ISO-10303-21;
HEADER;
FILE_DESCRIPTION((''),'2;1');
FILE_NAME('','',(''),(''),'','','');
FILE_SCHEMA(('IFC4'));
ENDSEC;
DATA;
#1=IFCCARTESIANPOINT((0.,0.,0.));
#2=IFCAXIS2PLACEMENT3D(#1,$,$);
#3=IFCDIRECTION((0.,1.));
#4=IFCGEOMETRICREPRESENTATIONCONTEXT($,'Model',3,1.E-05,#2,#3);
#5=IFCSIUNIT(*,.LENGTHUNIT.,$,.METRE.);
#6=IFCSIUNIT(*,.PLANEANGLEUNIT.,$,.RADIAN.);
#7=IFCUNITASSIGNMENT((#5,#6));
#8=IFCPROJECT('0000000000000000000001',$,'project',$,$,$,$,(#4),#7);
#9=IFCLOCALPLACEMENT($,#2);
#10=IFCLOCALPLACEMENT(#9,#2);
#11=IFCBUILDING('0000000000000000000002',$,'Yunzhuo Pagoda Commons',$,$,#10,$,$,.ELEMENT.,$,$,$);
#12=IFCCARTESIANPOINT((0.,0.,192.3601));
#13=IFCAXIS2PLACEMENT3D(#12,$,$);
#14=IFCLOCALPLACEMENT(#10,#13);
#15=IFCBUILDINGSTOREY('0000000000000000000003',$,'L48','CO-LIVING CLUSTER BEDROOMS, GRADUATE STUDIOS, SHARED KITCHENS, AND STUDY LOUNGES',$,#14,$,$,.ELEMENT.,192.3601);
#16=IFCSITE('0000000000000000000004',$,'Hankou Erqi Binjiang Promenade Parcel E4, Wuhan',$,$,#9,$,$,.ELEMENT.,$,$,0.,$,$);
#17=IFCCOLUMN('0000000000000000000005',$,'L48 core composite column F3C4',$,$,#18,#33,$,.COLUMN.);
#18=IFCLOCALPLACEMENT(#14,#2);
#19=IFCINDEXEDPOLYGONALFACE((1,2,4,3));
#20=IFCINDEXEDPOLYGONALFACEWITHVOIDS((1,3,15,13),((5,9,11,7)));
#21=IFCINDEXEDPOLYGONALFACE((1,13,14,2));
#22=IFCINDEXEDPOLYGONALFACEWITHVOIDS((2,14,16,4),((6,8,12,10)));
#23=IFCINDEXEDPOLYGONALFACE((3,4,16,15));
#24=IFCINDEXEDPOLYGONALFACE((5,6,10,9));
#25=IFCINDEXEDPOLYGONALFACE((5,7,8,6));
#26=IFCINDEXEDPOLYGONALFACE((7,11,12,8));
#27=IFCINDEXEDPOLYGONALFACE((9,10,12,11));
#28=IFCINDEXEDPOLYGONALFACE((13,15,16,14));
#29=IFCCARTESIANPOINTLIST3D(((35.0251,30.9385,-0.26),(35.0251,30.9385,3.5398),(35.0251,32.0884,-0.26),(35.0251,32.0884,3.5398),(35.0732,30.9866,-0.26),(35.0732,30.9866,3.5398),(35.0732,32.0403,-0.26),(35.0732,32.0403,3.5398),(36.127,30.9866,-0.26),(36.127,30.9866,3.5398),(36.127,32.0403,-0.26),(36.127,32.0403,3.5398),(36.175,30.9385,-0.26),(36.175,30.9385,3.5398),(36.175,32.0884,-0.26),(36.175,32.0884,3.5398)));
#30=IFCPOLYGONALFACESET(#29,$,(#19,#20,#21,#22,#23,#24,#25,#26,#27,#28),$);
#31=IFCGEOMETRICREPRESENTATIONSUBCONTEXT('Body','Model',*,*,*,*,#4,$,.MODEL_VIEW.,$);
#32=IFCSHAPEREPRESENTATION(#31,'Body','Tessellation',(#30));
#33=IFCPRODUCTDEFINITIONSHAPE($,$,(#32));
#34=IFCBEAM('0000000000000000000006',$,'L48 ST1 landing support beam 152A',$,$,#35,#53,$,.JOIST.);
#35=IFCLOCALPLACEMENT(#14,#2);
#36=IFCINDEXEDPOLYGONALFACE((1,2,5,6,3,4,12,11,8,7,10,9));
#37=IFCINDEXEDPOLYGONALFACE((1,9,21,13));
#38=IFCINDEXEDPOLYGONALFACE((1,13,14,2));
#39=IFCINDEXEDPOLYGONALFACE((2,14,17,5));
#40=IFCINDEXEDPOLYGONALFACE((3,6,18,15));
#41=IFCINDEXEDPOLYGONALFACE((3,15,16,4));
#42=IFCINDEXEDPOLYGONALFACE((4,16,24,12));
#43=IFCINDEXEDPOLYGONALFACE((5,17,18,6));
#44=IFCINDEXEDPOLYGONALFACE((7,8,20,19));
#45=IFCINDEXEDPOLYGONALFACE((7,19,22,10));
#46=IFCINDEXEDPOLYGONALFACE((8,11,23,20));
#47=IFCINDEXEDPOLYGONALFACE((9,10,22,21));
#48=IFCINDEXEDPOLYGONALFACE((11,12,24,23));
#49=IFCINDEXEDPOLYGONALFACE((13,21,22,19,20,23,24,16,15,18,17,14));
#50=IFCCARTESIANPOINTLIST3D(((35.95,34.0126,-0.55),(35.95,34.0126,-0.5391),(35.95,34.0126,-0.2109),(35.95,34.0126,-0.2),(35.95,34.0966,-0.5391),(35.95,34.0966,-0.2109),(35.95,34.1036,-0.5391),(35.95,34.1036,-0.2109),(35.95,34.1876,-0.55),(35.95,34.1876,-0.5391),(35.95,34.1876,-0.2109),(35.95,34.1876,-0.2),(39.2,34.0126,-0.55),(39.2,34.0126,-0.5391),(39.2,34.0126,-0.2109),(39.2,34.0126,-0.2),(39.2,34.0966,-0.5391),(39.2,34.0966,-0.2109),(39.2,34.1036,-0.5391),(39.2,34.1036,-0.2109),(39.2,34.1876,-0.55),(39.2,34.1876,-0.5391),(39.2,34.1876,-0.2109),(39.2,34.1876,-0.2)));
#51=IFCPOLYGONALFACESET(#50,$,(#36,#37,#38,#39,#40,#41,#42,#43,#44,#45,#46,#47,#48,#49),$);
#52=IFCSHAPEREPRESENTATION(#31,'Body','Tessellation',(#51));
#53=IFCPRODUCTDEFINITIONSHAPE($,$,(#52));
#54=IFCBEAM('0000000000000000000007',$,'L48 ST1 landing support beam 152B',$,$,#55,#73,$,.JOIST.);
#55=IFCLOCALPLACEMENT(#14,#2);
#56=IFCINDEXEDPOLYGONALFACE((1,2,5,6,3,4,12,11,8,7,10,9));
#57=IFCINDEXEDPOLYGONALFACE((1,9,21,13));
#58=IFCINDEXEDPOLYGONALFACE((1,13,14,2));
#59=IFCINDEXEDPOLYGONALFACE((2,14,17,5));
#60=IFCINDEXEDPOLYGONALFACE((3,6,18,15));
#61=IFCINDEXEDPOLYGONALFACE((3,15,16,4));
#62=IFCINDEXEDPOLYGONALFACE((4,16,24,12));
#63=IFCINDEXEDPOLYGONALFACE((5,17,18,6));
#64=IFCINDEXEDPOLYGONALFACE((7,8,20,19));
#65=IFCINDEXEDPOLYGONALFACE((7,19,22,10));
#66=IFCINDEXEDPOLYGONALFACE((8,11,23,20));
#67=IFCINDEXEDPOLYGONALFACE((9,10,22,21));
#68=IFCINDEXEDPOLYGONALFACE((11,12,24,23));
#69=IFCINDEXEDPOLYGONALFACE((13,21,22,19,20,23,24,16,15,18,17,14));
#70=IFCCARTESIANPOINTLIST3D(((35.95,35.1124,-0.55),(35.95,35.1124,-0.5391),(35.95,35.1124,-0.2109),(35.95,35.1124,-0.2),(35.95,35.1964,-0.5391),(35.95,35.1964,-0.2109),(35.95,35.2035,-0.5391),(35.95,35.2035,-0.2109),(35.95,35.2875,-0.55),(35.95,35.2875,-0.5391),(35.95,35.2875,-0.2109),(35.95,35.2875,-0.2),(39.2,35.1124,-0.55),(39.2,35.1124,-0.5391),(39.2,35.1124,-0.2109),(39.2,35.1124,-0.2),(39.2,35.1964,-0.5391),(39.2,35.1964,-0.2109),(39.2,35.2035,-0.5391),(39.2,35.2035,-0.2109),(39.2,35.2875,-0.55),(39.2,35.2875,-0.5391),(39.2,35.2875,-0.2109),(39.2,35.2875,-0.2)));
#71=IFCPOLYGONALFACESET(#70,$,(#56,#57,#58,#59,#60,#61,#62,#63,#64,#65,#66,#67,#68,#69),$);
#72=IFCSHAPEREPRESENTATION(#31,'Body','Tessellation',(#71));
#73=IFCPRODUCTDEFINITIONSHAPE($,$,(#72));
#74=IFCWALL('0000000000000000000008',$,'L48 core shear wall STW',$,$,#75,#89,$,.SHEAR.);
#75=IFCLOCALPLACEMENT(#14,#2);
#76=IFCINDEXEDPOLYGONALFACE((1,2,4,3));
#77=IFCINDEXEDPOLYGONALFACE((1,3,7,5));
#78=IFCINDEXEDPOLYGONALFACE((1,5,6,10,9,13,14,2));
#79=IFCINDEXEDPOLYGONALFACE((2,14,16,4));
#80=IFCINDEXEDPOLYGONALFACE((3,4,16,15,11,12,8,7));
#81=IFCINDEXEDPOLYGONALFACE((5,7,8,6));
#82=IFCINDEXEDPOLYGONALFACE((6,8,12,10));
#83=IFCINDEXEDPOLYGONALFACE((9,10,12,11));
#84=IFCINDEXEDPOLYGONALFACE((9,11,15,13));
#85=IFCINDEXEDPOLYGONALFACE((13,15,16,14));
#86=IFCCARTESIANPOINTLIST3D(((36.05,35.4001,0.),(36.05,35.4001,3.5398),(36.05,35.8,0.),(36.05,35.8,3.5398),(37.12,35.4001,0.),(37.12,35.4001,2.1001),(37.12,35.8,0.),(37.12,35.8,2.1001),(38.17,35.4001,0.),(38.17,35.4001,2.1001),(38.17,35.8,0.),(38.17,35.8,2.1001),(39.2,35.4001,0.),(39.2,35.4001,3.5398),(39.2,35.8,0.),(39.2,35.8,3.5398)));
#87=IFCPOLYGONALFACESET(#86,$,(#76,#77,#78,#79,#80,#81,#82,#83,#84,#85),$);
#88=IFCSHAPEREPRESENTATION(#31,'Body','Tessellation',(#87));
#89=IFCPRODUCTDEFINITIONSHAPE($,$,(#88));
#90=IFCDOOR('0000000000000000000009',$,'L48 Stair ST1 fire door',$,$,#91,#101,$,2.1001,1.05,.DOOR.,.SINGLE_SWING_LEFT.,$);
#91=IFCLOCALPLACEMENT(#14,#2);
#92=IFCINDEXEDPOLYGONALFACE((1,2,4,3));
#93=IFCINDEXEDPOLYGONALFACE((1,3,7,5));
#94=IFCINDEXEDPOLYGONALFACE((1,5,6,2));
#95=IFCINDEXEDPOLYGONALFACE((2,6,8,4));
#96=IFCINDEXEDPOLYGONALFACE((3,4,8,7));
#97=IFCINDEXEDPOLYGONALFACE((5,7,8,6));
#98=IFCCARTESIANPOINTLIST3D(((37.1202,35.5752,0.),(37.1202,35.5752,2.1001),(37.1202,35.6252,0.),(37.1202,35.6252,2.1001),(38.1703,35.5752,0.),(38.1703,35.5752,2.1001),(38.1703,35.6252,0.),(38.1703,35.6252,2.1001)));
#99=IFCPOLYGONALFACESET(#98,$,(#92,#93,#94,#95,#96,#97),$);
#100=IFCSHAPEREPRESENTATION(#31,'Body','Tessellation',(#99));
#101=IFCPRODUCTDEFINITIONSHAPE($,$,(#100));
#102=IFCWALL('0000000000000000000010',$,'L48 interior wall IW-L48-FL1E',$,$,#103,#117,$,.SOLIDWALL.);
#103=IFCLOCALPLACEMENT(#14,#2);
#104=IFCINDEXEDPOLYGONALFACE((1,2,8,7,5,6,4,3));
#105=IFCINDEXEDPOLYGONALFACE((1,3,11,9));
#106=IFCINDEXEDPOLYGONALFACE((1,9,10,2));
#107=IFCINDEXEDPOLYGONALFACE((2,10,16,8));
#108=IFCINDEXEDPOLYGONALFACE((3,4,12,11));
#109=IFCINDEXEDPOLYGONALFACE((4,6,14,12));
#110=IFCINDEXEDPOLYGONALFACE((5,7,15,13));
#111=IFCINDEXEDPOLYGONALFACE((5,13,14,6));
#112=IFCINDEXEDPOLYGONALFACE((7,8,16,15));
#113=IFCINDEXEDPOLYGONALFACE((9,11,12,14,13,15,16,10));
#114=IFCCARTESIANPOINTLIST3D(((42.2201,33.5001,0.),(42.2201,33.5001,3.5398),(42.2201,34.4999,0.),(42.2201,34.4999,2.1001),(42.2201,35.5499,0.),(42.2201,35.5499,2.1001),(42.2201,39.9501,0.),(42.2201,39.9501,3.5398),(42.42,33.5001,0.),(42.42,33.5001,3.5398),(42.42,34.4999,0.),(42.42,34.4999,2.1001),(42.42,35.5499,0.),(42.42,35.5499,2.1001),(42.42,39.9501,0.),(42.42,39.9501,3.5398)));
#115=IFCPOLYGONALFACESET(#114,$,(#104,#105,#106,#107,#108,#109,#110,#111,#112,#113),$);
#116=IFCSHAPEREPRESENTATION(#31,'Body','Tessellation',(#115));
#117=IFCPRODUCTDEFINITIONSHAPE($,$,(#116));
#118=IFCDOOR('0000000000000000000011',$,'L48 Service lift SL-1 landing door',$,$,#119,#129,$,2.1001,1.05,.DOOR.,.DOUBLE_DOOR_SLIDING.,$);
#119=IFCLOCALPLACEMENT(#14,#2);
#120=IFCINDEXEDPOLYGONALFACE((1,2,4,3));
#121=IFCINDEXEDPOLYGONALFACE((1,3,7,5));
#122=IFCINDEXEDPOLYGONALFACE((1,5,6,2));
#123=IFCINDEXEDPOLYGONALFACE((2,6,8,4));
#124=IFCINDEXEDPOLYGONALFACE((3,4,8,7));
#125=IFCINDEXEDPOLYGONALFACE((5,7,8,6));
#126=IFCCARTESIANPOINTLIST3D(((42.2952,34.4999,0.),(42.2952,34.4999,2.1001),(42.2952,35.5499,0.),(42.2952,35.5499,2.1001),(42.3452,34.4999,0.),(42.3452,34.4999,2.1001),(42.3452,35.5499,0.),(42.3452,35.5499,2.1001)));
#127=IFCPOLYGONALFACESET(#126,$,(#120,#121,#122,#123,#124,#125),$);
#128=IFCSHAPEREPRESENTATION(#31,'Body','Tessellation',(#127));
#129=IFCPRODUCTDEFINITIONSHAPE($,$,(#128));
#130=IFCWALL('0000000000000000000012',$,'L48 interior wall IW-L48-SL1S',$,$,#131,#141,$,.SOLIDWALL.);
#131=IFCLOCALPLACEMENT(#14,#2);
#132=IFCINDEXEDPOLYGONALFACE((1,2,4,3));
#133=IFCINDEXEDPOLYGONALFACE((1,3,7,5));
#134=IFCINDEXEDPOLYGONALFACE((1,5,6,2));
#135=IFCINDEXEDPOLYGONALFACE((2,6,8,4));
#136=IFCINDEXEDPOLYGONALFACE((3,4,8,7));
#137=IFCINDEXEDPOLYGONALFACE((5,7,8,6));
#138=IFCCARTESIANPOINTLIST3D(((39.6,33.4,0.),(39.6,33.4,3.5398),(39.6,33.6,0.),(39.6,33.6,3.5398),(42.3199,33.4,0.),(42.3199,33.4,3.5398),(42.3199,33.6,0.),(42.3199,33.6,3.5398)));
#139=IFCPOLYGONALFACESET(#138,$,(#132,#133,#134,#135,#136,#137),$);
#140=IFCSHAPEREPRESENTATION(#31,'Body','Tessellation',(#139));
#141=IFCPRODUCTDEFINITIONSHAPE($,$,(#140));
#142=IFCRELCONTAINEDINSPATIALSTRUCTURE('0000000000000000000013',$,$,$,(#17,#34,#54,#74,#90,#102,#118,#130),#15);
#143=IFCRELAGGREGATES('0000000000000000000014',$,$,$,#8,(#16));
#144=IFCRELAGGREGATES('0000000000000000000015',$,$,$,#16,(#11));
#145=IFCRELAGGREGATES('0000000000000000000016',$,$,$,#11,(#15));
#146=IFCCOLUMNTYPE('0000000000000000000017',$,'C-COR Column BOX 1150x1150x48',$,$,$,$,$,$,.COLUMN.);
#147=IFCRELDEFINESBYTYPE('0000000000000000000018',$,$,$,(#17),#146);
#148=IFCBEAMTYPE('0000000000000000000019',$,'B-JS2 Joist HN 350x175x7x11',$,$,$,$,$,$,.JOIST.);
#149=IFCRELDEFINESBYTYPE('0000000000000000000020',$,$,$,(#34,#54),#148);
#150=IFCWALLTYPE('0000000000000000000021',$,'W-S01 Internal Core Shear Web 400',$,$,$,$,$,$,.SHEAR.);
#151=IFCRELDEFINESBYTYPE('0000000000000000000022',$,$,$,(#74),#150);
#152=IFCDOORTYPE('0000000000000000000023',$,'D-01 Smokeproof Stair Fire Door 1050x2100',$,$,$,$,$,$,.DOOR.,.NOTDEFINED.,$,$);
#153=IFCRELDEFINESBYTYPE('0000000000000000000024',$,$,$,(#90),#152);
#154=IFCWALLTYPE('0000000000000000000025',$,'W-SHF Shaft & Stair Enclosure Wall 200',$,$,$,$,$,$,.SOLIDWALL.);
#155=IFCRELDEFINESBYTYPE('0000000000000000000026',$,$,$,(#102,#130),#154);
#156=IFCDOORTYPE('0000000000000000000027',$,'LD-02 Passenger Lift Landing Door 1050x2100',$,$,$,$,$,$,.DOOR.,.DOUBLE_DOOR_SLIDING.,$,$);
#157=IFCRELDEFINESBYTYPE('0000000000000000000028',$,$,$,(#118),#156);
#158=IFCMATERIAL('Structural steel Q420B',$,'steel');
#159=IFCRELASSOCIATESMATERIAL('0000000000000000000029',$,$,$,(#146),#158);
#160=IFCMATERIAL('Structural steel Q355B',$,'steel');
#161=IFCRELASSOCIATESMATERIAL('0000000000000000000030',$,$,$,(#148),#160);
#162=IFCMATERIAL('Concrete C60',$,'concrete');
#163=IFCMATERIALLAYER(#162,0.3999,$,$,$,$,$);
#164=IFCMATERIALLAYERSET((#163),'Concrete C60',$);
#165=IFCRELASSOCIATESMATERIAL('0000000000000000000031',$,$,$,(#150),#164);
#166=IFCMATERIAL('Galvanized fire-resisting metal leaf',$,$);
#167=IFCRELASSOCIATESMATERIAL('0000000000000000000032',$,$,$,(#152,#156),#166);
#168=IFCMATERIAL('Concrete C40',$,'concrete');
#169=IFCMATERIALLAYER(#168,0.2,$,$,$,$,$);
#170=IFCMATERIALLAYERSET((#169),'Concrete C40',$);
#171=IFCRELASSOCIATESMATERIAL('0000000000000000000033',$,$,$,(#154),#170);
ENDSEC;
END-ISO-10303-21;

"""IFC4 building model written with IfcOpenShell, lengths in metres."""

from ifc_helpers import new_model, si_unit, direction, frame, frame_2d, origin, origin_with_axes, origin_2d, place, context, subcontext, project, spatial, rectangle, hollow_rectangle, i_section, extrude, source, transform, mapped, material, layer, layer_set, material_profile, profile_set, type_object, element, fill, save


model = new_model("IFC4")

# Units and contexts
model_context = context("Model", 3, precision=1e-05, world=origin(), true_north=direction((0.0, 1.0)))
body_context = subcontext(model_context, "Body", "Model", "MODEL_VIEW")
ifc_project = project(units=[si_unit("LENGTHUNIT", "METRE"), si_unit("PLANEANGLEUNIT", "RADIAN")], contexts=[model_context])

# Site, building, storey
site_placement = place(None, origin())
site = spatial("IfcSite", under=ifc_project, at=site_placement, Name="Hankou Erqi Binjiang Promenade Parcel E4, Wuhan", CompositionType="ELEMENT", RefElevation=0.0)
building_placement = place(site_placement, origin())
building = spatial("IfcBuilding", under=site, at=building_placement, Name="Yunzhuo Pagoda Commons", CompositionType="ELEMENT")
storey_placement = place(building_placement, frame((0.0, 0.0, 192.3601)))
storey = spatial("IfcBuildingStorey", under=building, at=storey_placement, Name="L48", Description="CO-LIVING CLUSTER BEDROOMS, GRADUATE STUDIOS, SHARED KITCHENS, AND STUDY LOUNGES", CompositionType="ELEMENT", Elevation=192.3601)

# Column
ifc_material_1 = material(Name="Structural steel Q420B", Category="steel")
ifc_material_profile_1 = material_profile(ifc_material_1, hollow_rectangle(XDim=1.1499, YDim=1.1499, WallThickness=0.0481, at=origin_2d()), Name="Structural steel Q420B")
ifc_profile_set_1 = profile_set([ifc_material_profile_1], Name="Structural steel Q420B")
column_type = type_object("IfcColumnType", Name="C-COR Column BOX 1150x1150x48", PredefinedType="COLUMN", material=ifc_profile_set_1)
shared_shape_1 = source(origin(), body_context, "Body", "SweptSolid", [
    extrude(hollow_rectangle(XDim=1.1499, YDim=1.1499, WallThickness=0.0481, at=origin_2d()), origin(), (0.0, 0.0, 1.0), 3.7998),
])
column_placement = place(storey_placement, frame((35.6001, 31.5134, -0.26), z_axis=(0.0, 0.0, 1.0), x_axis=(1.0, 0.0, 0.0)))
element("IfcColumn", 1, at=column_placement, inside=storey, type_object=column_type, Name="L48 core composite column F3C4", PredefinedType="COLUMN", context=body_context, shape_type="MappedRepresentation", body=[
    mapped(shared_shape_1, transform((0.0, 0.0, 0.0), scale=1.0)),
])

# Beams
ifc_material_2 = material(Name="Structural steel Q355B", Category="steel")
ifc_material_profile_2 = material_profile(ifc_material_2, i_section(OverallWidth=0.175, OverallDepth=0.3501, WebThickness=0.0071, FlangeThickness=0.011, at=origin_2d()), Name="Structural steel Q355B")
ifc_profile_set_2 = profile_set([ifc_material_profile_2], Name="Structural steel Q355B")
beam_type = type_object("IfcBeamType", Name="B-JS2 Joist HN 350x175x7x11", PredefinedType="JOIST", material=ifc_profile_set_2)
shared_shape_2 = source(origin(), body_context, "Body", "SweptSolid", [
    extrude(i_section(OverallWidth=0.175, OverallDepth=0.3501, WebThickness=0.0071, FlangeThickness=0.011, at=origin_2d()), origin(), (0.0, 0.0, 1.0), 3.25),
])
for number, where, z_axis, x_axis, name in (
    (2, (35.95, 34.1001, -0.375), (1.0, 0.0, 0.0), (0.0, 1.0, 0.0), "L48 ST1 landing support beam 152A"),
    (3, (35.95, 35.2, -0.375), (1.0, 0.0, 0.0), (0.0, 1.0, 0.0), "L48 ST1 landing support beam 152B"),
):
    element("IfcBeam", number, at=place(storey_placement, frame(where, z_axis=z_axis, x_axis=x_axis)), inside=storey, type_object=beam_type, Name=name, PredefinedType="JOIST", context=body_context, shape_type="MappedRepresentation", body=[
        mapped(shared_shape_2, transform((0.0, 0.0, 0.0), scale=1.0)),
    ])

# Walls, openings, doors
ifc_material_3 = material(Name="Concrete C60", Category="concrete")
ifc_layer_1 = layer(ifc_material_3, 0.3999)
ifc_layer_set_1 = layer_set([ifc_layer_1], Name="Concrete C60")
wall_type_1 = type_object("IfcWallType", Name="W-S01 Internal Core Shear Web 400", PredefinedType="SHEAR", material=ifc_layer_set_1)
wall_1_placement = place(storey_placement, frame((36.05, 35.6001, 0.0), z_axis=(0.0, 0.0, 1.0), x_axis=(1.0, 0.0, 0.0)))
wall_1 = element("IfcWall", 4, at=wall_1_placement, inside=storey, type_object=wall_type_1, Name="L48 core shear wall STW", PredefinedType="SHEAR", context=body_context, shape_type="SweptSolid", body=[
    extrude(rectangle(XDim=3.1499, YDim=0.3999, at=frame_2d((1.575, 0.0))), origin(), (0.0, 0.0, 1.0), 3.5398),
])
opening_1_placement = place(wall_1_placement, frame((1.0701, 0.0, 0.0)))
opening_1 = element("IfcOpeningElement", 5, at=opening_1_placement, cuts=wall_1, PredefinedType="OPENING", context=body_context, shape_type="SweptSolid", body=[
    extrude(rectangle(XDim=1.05, YDim=2.1001, at=frame_2d((0.5249, 1.05))), frame((0.0, 0.21, 0.0), z_axis=(0.0, -1.0, 0.0), x_axis=(1.0, 0.0, 0.0)), (0.0, 0.0, 1.0), 0.4199),
])
ifc_material_4 = material(Name="Galvanized fire-resisting metal leaf")
door_type_1 = type_object("IfcDoorType", Name="D-01 Smokeproof Stair Fire Door 1050x2100", OperationType="NOTDEFINED", PredefinedType="DOOR", material=ifc_material_4)
shared_shape_3 = source(origin(), body_context, "Body", "SweptSolid", [
    extrude(rectangle(XDim=1.05, YDim=2.1001, at=frame_2d((0.5249, 1.05))), frame((0.0, 0.0249, 0.0), z_axis=(0.0, -1.0, 0.0), x_axis=(1.0, 0.0, 0.0)), (0.0, 0.0, 1.0), 0.05),
])
door_1_placement = place(opening_1_placement, frame((1.05, 0.0, 0.0), z_axis=(0.0, 0.0, 1.0), x_axis=(-1.0, 0.0, 0.0)))
door_1 = element("IfcDoor", 6, at=door_1_placement, inside=storey, type_object=door_type_1, Name="L48 Stair ST1 fire door", OperationType="SINGLE_SWING_LEFT", OverallHeight=2.1001, OverallWidth=1.05, PredefinedType="DOOR", context=body_context, shape_type="MappedRepresentation", body=[
    mapped(shared_shape_3, transform((0.0, 0.0, 0.0), scale=1.0)),
])
fill(opening_1, door_1)
ifc_material_5 = material(Name="Concrete C40", Category="concrete")
ifc_layer_2 = layer(ifc_material_5, 0.2)
ifc_layer_set_2 = layer_set([ifc_layer_2], Name="Concrete C40")
wall_type_2 = type_object("IfcWallType", Name="W-SHF Shaft & Stair Enclosure Wall 200", PredefinedType="SOLIDWALL", material=ifc_layer_set_2)
wall_2_placement = place(storey_placement, frame((42.3201, 33.5, 0.0), z_axis=(0.0, 0.0, 1.0), x_axis=(0.0, 1.0, 0.0)))
wall_2 = element("IfcWall", 7, at=wall_2_placement, inside=storey, type_object=wall_type_2, Name="L48 interior wall IW-L48-FL1E", PredefinedType="SOLIDWALL", context=body_context, shape_type="SweptSolid", body=[
    extrude(rectangle(XDim=6.45, YDim=0.2, at=frame_2d((3.2251, 0.0))), origin(), (0.0, 0.0, 1.0), 3.5398),
])
opening_2_placement = place(wall_2_placement, frame((1.0, 0.0, 0.0)))
opening_2 = element("IfcOpeningElement", 8, at=opening_2_placement, cuts=wall_2, PredefinedType="OPENING", context=body_context, shape_type="SweptSolid", body=[
    extrude(rectangle(XDim=1.05, YDim=2.1001, at=frame_2d((0.5249, 1.05))), frame((0.0, 0.1099, 0.0), z_axis=(0.0, -1.0, 0.0), x_axis=(1.0, 0.0, 0.0)), (0.0, 0.0, 1.0), 0.22),
])
door_type_2 = type_object("IfcDoorType", Name="LD-02 Passenger Lift Landing Door 1050x2100", OperationType="DOUBLE_DOOR_SLIDING", PredefinedType="DOOR", material=ifc_material_4)
door_2_placement = place(opening_2_placement, origin_with_axes())
door_2 = element("IfcDoor", 9, at=door_2_placement, inside=storey, type_object=door_type_2, Name="L48 Service lift SL-1 landing door", OperationType="DOUBLE_DOOR_SLIDING", OverallHeight=2.1001, OverallWidth=1.05, PredefinedType="DOOR", context=body_context, shape_type="MappedRepresentation", body=[
    mapped(shared_shape_3, transform((0.0, 0.0, 0.0), scale=1.0)),
])
fill(opening_2, door_2)

# Wall
wall_3_placement = place(storey_placement, frame((39.6001, 33.5, 0.0), z_axis=(0.0, 0.0, 1.0), x_axis=(1.0, 0.0, 0.0)))
element("IfcWall", 10, at=wall_3_placement, inside=storey, type_object=wall_type_2, Name="L48 interior wall IW-L48-SL1S", PredefinedType="SOLIDWALL", context=body_context, shape_type="SweptSolid", body=[
    extrude(rectangle(XDim=2.72, YDim=0.2, at=frame_2d((1.3599, 0.0))), origin(), (0.0, 0.0, 1.0), 3.5398),
])

save(model, "model.ifc")
